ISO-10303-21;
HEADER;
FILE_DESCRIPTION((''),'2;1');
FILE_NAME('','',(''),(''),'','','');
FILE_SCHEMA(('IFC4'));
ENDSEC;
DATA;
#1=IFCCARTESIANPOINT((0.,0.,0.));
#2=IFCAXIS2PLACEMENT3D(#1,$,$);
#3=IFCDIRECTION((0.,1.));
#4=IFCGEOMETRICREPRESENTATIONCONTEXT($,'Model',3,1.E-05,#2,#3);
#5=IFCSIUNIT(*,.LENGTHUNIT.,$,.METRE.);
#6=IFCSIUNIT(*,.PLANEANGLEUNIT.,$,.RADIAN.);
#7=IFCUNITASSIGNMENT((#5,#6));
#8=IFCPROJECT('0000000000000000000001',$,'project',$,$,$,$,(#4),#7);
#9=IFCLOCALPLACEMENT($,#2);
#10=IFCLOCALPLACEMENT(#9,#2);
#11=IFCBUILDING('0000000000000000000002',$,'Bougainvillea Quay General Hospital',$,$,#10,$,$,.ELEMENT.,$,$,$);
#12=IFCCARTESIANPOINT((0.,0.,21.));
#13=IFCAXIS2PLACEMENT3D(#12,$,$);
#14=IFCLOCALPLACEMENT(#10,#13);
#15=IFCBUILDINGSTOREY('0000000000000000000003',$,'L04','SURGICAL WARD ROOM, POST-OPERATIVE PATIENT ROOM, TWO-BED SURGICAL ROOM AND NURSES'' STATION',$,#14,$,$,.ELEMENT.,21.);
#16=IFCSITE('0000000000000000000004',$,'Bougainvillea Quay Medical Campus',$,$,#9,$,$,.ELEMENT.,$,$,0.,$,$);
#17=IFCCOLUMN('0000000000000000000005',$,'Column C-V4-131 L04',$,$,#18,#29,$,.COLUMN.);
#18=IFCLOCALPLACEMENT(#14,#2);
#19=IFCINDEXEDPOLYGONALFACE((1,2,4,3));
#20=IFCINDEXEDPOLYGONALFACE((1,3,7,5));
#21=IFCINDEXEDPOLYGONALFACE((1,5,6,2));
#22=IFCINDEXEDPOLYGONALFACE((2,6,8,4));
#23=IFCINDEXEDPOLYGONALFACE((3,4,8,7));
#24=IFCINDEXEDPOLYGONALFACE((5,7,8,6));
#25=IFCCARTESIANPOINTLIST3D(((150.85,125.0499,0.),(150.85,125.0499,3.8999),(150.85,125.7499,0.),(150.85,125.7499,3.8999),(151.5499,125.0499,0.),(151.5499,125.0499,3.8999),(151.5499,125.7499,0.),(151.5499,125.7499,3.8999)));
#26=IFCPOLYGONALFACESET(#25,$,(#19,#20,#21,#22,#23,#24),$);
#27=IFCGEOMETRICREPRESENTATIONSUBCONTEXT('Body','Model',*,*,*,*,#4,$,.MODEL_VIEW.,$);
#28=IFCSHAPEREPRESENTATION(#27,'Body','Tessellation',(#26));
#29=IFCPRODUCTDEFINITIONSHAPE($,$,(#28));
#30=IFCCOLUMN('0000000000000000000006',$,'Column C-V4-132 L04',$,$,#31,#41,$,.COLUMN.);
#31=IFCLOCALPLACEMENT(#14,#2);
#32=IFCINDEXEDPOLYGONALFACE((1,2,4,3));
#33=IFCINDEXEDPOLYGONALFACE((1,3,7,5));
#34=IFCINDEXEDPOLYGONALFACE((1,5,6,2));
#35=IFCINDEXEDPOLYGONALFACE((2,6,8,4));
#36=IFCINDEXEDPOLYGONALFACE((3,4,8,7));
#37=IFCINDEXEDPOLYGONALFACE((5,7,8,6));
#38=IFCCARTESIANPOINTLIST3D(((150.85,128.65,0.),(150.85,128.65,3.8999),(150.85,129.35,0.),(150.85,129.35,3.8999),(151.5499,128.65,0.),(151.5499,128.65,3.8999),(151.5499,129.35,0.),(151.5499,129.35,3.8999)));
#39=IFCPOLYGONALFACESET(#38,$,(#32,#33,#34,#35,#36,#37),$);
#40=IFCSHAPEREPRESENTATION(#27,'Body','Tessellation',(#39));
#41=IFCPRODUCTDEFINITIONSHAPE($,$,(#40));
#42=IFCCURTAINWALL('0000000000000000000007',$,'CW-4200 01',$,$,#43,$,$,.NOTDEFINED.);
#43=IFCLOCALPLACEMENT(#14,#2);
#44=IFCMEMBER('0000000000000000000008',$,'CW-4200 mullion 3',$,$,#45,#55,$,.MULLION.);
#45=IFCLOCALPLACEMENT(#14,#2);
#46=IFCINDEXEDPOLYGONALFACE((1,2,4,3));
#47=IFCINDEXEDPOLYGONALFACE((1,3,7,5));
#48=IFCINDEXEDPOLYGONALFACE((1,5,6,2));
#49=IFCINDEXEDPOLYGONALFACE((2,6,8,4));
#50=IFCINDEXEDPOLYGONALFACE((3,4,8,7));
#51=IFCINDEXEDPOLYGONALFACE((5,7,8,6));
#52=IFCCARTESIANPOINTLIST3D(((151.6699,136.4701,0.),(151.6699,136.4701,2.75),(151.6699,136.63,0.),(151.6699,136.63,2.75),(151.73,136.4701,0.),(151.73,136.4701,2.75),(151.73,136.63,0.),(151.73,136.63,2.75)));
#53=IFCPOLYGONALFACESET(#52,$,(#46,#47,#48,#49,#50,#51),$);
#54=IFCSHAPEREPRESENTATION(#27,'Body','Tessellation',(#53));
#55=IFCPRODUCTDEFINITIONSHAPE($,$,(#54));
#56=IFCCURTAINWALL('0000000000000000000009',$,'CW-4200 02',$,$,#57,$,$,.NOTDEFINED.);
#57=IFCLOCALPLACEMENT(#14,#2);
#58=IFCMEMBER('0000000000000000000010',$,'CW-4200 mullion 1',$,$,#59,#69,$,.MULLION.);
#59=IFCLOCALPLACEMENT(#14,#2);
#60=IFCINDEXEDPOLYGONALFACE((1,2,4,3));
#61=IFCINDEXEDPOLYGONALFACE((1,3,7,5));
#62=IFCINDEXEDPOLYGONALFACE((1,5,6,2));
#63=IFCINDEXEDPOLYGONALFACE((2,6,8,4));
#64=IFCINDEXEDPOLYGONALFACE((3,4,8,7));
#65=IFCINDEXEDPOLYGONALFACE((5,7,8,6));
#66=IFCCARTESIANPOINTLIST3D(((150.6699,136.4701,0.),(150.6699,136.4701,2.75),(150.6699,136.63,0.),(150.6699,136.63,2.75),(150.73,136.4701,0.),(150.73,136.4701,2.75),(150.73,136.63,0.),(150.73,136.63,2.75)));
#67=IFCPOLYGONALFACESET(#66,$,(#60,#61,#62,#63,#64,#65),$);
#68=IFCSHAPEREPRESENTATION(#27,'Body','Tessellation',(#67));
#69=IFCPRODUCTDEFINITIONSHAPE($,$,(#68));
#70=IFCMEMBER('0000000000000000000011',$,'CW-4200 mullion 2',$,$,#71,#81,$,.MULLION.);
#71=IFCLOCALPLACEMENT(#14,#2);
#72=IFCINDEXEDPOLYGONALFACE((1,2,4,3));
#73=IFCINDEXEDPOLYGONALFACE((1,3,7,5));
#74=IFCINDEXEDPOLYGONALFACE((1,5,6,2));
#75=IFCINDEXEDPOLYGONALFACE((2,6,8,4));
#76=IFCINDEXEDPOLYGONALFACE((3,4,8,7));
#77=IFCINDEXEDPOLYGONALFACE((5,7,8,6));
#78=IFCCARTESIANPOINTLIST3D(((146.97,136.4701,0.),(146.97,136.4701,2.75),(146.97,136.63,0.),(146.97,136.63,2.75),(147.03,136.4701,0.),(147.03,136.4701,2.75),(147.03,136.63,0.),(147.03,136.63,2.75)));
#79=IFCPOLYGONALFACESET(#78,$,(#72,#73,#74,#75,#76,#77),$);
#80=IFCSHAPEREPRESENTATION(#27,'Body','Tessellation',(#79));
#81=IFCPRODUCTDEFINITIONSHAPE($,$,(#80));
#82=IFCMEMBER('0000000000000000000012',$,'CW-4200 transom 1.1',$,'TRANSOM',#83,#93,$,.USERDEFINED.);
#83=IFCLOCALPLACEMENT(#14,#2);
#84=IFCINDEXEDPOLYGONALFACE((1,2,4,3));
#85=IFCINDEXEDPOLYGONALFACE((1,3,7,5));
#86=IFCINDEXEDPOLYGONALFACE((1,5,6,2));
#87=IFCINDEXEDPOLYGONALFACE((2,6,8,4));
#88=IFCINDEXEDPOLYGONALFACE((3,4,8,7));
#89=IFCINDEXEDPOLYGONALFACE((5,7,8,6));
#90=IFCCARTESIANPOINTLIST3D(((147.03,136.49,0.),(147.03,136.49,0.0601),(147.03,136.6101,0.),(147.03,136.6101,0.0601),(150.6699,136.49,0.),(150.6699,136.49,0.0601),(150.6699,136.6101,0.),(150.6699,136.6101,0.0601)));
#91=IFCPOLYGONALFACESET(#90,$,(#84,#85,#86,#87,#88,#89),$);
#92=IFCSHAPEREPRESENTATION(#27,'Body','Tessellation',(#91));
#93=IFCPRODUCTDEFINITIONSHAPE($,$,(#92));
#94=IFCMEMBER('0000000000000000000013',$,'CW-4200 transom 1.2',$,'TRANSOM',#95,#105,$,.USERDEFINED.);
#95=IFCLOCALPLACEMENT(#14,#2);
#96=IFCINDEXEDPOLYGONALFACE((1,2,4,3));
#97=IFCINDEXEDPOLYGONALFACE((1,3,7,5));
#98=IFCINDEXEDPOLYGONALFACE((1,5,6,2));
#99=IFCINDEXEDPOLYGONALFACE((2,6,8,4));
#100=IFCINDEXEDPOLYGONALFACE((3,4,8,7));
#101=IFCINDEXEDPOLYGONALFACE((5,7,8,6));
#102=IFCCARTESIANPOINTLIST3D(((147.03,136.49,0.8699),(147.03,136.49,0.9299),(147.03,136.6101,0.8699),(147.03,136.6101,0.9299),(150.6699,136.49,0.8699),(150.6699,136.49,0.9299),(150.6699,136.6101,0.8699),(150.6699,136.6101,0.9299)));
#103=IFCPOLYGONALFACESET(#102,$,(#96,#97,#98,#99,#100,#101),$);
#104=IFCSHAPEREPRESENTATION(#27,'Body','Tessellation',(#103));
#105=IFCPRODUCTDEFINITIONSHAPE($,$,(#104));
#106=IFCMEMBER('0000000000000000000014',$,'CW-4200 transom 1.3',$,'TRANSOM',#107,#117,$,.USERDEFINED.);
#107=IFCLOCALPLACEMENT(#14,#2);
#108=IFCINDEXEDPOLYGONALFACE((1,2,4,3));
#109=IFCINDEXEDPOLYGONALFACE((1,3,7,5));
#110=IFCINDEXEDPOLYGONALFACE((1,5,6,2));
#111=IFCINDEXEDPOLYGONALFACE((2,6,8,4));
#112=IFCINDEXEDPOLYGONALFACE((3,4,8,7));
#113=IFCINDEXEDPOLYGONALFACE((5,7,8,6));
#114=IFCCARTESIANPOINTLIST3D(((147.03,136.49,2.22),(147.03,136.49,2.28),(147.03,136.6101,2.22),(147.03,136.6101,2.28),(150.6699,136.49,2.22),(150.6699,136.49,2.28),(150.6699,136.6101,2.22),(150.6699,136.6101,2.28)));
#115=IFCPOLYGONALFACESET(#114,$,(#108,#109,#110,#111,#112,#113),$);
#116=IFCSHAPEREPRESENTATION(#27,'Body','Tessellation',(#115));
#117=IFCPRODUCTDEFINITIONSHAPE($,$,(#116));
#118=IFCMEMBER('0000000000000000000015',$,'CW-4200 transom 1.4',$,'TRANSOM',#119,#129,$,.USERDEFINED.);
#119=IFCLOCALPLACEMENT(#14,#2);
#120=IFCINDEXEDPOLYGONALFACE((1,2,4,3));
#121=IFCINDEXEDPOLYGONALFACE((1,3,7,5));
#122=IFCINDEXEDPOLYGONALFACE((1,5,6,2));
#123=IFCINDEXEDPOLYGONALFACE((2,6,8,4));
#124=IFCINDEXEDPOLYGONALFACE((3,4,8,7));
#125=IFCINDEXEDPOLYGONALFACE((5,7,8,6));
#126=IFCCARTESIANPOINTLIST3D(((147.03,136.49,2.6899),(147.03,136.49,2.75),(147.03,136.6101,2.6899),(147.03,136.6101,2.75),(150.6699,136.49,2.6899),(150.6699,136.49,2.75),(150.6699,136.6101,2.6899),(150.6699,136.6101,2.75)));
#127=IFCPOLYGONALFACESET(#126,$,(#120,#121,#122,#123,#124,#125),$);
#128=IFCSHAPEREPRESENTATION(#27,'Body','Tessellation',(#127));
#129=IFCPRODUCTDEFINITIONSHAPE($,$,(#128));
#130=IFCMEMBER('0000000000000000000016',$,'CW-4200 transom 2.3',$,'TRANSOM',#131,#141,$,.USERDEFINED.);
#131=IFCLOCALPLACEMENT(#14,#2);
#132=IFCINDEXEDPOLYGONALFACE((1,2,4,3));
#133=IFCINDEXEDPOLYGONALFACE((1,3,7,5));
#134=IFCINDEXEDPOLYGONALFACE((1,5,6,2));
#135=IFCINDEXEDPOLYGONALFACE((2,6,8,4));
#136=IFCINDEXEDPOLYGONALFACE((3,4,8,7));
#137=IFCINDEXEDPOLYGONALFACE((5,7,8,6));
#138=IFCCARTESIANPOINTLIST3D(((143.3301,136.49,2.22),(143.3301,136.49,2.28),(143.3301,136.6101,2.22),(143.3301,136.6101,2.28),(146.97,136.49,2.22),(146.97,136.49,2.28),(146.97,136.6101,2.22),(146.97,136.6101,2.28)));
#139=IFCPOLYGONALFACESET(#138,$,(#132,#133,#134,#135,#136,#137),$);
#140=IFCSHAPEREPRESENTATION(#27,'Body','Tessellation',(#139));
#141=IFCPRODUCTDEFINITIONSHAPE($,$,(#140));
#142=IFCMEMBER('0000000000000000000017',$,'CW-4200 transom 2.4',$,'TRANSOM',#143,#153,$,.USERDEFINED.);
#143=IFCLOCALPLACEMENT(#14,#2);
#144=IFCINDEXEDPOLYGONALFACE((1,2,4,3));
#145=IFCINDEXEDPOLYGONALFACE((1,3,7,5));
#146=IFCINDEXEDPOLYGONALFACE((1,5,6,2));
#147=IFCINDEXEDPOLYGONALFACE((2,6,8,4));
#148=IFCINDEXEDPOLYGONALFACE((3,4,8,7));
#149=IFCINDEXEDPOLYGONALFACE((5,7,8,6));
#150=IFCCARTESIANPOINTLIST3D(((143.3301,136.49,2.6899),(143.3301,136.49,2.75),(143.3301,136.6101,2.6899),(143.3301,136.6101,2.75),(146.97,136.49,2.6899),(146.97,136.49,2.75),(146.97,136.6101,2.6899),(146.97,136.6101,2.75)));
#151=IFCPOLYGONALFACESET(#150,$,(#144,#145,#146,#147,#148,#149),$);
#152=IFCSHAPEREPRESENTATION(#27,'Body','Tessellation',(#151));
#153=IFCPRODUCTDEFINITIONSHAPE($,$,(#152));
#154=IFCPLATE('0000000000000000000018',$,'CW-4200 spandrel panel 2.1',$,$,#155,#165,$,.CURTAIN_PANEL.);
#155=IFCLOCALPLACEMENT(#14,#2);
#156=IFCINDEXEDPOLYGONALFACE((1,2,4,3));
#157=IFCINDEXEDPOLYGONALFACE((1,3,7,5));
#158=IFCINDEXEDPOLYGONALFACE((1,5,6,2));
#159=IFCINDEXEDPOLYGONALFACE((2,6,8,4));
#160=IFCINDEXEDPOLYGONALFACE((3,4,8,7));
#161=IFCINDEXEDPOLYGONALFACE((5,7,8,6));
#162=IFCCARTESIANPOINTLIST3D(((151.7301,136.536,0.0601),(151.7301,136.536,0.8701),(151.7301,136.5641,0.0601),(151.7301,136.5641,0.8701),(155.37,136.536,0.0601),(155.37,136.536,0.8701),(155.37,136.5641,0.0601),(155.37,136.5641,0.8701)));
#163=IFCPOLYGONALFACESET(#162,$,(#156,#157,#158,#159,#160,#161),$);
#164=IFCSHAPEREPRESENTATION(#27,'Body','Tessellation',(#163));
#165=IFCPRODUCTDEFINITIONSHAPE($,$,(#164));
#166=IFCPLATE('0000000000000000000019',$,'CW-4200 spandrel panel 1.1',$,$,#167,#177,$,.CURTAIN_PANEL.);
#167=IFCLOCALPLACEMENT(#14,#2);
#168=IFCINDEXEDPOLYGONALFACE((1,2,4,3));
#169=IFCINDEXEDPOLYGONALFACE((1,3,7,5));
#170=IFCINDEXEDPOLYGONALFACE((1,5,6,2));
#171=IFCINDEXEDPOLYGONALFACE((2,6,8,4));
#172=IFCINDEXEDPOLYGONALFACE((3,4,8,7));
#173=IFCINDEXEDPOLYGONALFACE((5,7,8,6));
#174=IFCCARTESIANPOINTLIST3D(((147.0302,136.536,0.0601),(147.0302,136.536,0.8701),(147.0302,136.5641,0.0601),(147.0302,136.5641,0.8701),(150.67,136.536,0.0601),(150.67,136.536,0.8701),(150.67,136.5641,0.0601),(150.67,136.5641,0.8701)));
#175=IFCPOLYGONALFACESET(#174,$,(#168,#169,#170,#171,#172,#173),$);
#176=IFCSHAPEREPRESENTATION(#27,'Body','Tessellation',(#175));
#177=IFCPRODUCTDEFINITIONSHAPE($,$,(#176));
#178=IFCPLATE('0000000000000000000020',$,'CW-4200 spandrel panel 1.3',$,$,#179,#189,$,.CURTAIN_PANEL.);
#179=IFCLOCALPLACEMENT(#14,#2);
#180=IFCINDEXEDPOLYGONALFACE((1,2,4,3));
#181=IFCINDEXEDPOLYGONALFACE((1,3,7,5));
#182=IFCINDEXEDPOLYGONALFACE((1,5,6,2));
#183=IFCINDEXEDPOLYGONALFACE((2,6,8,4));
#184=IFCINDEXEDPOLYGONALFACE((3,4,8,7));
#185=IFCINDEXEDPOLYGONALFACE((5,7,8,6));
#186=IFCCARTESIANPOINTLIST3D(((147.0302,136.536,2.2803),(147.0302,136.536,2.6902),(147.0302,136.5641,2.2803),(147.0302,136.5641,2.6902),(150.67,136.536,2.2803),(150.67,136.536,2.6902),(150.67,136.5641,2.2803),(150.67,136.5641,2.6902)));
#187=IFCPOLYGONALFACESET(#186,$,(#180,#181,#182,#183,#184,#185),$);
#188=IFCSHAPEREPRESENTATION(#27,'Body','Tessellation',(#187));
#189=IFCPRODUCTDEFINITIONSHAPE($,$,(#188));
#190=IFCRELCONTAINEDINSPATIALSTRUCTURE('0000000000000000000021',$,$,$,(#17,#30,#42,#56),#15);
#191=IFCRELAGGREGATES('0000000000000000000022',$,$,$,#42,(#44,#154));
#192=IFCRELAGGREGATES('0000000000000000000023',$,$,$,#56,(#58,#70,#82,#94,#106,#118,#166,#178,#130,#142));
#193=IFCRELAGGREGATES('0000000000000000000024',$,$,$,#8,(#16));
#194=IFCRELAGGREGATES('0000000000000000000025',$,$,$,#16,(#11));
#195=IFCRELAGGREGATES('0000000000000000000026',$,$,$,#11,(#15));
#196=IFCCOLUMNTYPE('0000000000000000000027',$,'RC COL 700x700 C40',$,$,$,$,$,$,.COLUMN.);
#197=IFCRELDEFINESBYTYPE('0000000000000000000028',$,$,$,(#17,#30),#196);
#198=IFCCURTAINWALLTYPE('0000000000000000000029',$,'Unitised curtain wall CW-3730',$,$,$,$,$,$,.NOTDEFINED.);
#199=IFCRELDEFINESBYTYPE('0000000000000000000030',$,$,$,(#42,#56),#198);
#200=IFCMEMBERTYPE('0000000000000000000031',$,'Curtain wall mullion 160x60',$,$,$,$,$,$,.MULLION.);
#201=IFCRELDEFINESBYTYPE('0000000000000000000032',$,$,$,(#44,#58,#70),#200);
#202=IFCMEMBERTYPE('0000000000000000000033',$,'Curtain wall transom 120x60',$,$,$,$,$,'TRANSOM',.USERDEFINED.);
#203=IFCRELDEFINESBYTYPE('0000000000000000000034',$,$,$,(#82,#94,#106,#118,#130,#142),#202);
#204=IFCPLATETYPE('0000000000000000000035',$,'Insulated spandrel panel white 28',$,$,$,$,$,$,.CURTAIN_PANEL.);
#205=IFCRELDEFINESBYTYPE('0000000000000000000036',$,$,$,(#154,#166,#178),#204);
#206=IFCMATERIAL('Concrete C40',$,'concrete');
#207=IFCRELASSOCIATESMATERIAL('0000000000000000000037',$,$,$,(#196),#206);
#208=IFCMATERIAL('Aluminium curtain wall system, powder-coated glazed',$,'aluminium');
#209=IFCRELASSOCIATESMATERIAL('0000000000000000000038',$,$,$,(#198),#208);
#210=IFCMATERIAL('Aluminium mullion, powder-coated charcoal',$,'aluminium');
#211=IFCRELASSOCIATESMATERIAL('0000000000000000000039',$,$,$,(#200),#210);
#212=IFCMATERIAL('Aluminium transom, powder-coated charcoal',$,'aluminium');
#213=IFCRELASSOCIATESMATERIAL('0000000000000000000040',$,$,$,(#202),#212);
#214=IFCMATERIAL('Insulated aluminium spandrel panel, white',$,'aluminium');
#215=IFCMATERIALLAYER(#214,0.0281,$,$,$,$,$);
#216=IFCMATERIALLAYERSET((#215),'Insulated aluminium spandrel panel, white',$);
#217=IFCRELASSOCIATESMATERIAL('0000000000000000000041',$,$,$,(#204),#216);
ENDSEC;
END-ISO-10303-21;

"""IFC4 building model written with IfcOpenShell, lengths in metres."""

from ifc_helpers import new_model, si_unit, direction, frame, origin, origin_2d, place, context, subcontext, project, spatial, rectangle, extrude, material, layer, layer_set, material_profile, profile_set, type_object, element, aggregate, save


model = new_model("IFC4")

# Units and contexts
model_context = context("Model", 3, precision=1e-05, world=origin(), true_north=direction((0.0, 1.0)))
body_context = subcontext(model_context, "Body", "Model", "MODEL_VIEW")
ifc_project = project(units=[si_unit("LENGTHUNIT", "METRE"), si_unit("PLANEANGLEUNIT", "RADIAN")], contexts=[model_context])

# Site, building, storey
site_placement = place(None, origin())
site = spatial("IfcSite", under=ifc_project, at=site_placement, Name="Bougainvillea Quay Medical Campus", CompositionType="ELEMENT", RefElevation=0.0)
building_placement = place(site_placement, origin())
building = spatial("IfcBuilding", under=site, at=building_placement, Name="Bougainvillea Quay General Hospital", CompositionType="ELEMENT")
storey_placement = place(building_placement, frame((0.0, 0.0, 21.0)))
storey = spatial("IfcBuildingStorey", under=building, at=storey_placement, Name="L04", Description="SURGICAL WARD ROOM, POST-OPERATIVE PATIENT ROOM, TWO-BED SURGICAL ROOM AND NURSES' STATION", CompositionType="ELEMENT", Elevation=21.0)

# Columns
ifc_material_1 = material(Name="Concrete C40", Category="concrete")
ifc_material_profile_1 = material_profile(ifc_material_1, rectangle(XDim=0.7, YDim=0.7, at=origin_2d()))
ifc_profile_set_1 = profile_set([ifc_material_profile_1], Name="Concrete C40")
column_type = type_object("IfcColumnType", Name="RC COL 700x700 C40", PredefinedType="COLUMN", material=ifc_profile_set_1)
for number, where, z_axis, x_axis, name in (
    (1, (151.2, 125.3999, 0.0), (0.0, 0.0, 1.0), (1.0, 0.0, 0.0), "Column C-V4-131 L04"),
    (2, (151.2, 129.0, 0.0), (0.0, 0.0, 1.0), (1.0, 0.0, 0.0), "Column C-V4-132 L04"),
):
    element("IfcColumn", number, at=place(storey_placement, frame(where, z_axis=z_axis, x_axis=x_axis)), inside=storey, type_object=column_type, Name=name, PredefinedType="COLUMN", context=body_context, shape_type="SweptSolid", body=[
        extrude(rectangle(XDim=0.7, YDim=0.7, at=origin_2d()), origin(), (0.0, 0.0, 1.0), 3.8999),
    ])

# Curtain wall, member
ifc_material_2 = material(Name="Aluminium curtain wall system, powder-coated glazed", Category="aluminium")
curtain_wall_type = type_object("IfcCurtainWallType", Name="Unitised curtain wall CW-3730", PredefinedType="NOTDEFINED", material=ifc_material_2)
curtain_wall_1_placement = place(storey_placement, origin())
curtain_wall_1 = element("IfcCurtainWall", 3, at=curtain_wall_1_placement, inside=storey, type_object=curtain_wall_type, Name="CW-4200 01", PredefinedType="NOTDEFINED")
ifc_material_3 = material(Name="Aluminium mullion, powder-coated charcoal", Category="aluminium")
ifc_material_profile_2 = material_profile(ifc_material_3, rectangle(XDim=0.1599, YDim=0.0601, at=origin_2d()))
ifc_profile_set_2 = profile_set([ifc_material_profile_2], Name="Aluminium mullion, powder-coated charcoal")
member_type_1 = type_object("IfcMemberType", Name="Curtain wall mullion 160x60", PredefinedType="MULLION", material=ifc_profile_set_2)
member_1_placement = place(storey_placement, frame((151.7, 136.55, 0.0), z_axis=(0.0, 0.0, 1.0), x_axis=(0.0, -1.0, 0.0)))
member_1 = element("IfcMember", 4, at=member_1_placement, type_object=member_type_1, Name="CW-4200 mullion 3", PredefinedType="MULLION", context=body_context, shape_type="SweptSolid", body=[
    extrude(rectangle(XDim=0.1599, YDim=0.0601, at=origin_2d()), origin(), (0.0, 0.0, 1.0), 2.75),
])

# Curtain wall, members
curtain_wall_2_placement = place(storey_placement, origin())
curtain_wall_2 = element("IfcCurtainWall", 5, at=curtain_wall_2_placement, inside=storey, type_object=curtain_wall_type, Name="CW-4200 02", PredefinedType="NOTDEFINED")
member_2_placement = place(storey_placement, frame((150.7, 136.55, 0.0), z_axis=(0.0, 0.0, 1.0), x_axis=(0.0, -1.0, 0.0)))
member_2 = element("IfcMember", 6, at=member_2_placement, type_object=member_type_1, Name="CW-4200 mullion 1", PredefinedType="MULLION", context=body_context, shape_type="SweptSolid", body=[
    extrude(rectangle(XDim=0.1599, YDim=0.0601, at=origin_2d()), origin(), (0.0, 0.0, 1.0), 2.75),
])
member_3_placement = place(storey_placement, frame((147.0, 136.55, 0.0), z_axis=(0.0, 0.0, 1.0), x_axis=(0.0, -1.0, 0.0)))
member_3 = element("IfcMember", 7, at=member_3_placement, type_object=member_type_1, Name="CW-4200 mullion 2", PredefinedType="MULLION", context=body_context, shape_type="SweptSolid", body=[
    extrude(rectangle(XDim=0.1599, YDim=0.0601, at=origin_2d()), origin(), (0.0, 0.0, 1.0), 2.75),
])
ifc_material_4 = material(Name="Aluminium transom, powder-coated charcoal", Category="aluminium")
ifc_material_profile_3 = material_profile(ifc_material_4, rectangle(XDim=0.1201, YDim=0.0601, at=origin_2d()))
ifc_profile_set_3 = profile_set([ifc_material_profile_3], Name="Aluminium transom, powder-coated charcoal")
member_type_2 = type_object("IfcMemberType", Name="Curtain wall transom 120x60", ElementType="TRANSOM", PredefinedType="USERDEFINED", material=ifc_profile_set_3)
member_4_placement = place(storey_placement, frame((150.6699, 136.55, 0.03), z_axis=(-1.0, 0.0, 0.0), x_axis=(0.0, -1.0, 0.0)))
member_4 = element("IfcMember", 8, at=member_4_placement, type_object=member_type_2, Name="CW-4200 transom 1.1", ObjectType="TRANSOM", PredefinedType="USERDEFINED", context=body_context, shape_type="SweptSolid", body=[
    extrude(rectangle(XDim=0.1201, YDim=0.0601, at=origin_2d()), origin(), (0.0, 0.0, 1.0), 3.6399),
])
member_5_placement = place(storey_placement, frame((150.6699, 136.55, 0.8999), z_axis=(-1.0, 0.0, 0.0), x_axis=(0.0, -1.0, 0.0)))
member_5 = element("IfcMember", 9, at=member_5_placement, type_object=member_type_2, Name="CW-4200 transom 1.2", ObjectType="TRANSOM", PredefinedType="USERDEFINED", context=body_context, shape_type="SweptSolid", body=[
    extrude(rectangle(XDim=0.1201, YDim=0.0601, at=origin_2d()), origin(), (0.0, 0.0, 1.0), 3.6399),
])
member_6_placement = place(storey_placement, frame((150.6699, 136.55, 2.25), z_axis=(-1.0, 0.0, 0.0), x_axis=(0.0, -1.0, 0.0)))
member_6 = element("IfcMember", 10, at=member_6_placement, type_object=member_type_2, Name="CW-4200 transom 1.3", ObjectType="TRANSOM", PredefinedType="USERDEFINED", context=body_context, shape_type="SweptSolid", body=[
    extrude(rectangle(XDim=0.1201, YDim=0.0601, at=origin_2d()), origin(), (0.0, 0.0, 1.0), 3.6399),
])
member_7_placement = place(storey_placement, frame((150.6699, 136.55, 2.72), z_axis=(-1.0, 0.0, 0.0), x_axis=(0.0, -1.0, 0.0)))
member_7 = element("IfcMember", 11, at=member_7_placement, type_object=member_type_2, Name="CW-4200 transom 1.4", ObjectType="TRANSOM", PredefinedType="USERDEFINED", context=body_context, shape_type="SweptSolid", body=[
    extrude(rectangle(XDim=0.1201, YDim=0.0601, at=origin_2d()), origin(), (0.0, 0.0, 1.0), 3.6399),
])
member_8_placement = place(storey_placement, frame((146.97, 136.55, 2.25), z_axis=(-1.0, 0.0, 0.0), x_axis=(0.0, -1.0, 0.0)))
member_8 = element("IfcMember", 12, at=member_8_placement, type_object=member_type_2, Name="CW-4200 transom 2.3", ObjectType="TRANSOM", PredefinedType="USERDEFINED", context=body_context, shape_type="SweptSolid", body=[
    extrude(rectangle(XDim=0.1201, YDim=0.0601, at=origin_2d()), origin(), (0.0, 0.0, 1.0), 3.6399),
])
member_9_placement = place(storey_placement, frame((146.97, 136.55, 2.72), z_axis=(-1.0, 0.0, 0.0), x_axis=(0.0, -1.0, 0.0)))
member_9 = element("IfcMember", 13, at=member_9_placement, type_object=member_type_2, Name="CW-4200 transom 2.4", ObjectType="TRANSOM", PredefinedType="USERDEFINED", context=body_context, shape_type="SweptSolid", body=[
    extrude(rectangle(XDim=0.1201, YDim=0.0601, at=origin_2d()), origin(), (0.0, 0.0, 1.0), 3.6399),
])

# Plates
ifc_material_5 = material(Name="Insulated aluminium spandrel panel, white", Category="aluminium")
ifc_layer_1 = layer(ifc_material_5, 0.0281)
ifc_layer_set_1 = layer_set([ifc_layer_1], Name="Insulated aluminium spandrel panel, white")
plate_type_1 = type_object("IfcPlateType", Name="Insulated spandrel panel white 28", PredefinedType="CURTAIN_PANEL", material=ifc_layer_set_1)
plate_1_placement = place(storey_placement, frame((153.55, 136.55, 0.0601), z_axis=(0.0, 0.0, 1.0), x_axis=(-1.0, 0.0, 0.0)))
plate_1 = element("IfcPlate", 14, at=plate_1_placement, type_object=plate_type_1, Name="CW-4200 spandrel panel 2.1", PredefinedType="CURTAIN_PANEL", context=body_context, shape_type="SweptSolid", body=[
    extrude(rectangle(XDim=3.6399, YDim=0.0281, at=origin_2d()), origin(), (0.0, 0.0, 1.0), 0.8101),
])
aggregate(curtain_wall_1, [member_1, plate_1])
plate_2_placement = place(storey_placement, frame((148.8501, 136.55, 0.0601), z_axis=(0.0, 0.0, 1.0), x_axis=(-1.0, 0.0, 0.0)))
plate_2 = element("IfcPlate", 15, at=plate_2_placement, type_object=plate_type_1, Name="CW-4200 spandrel panel 1.1", PredefinedType="CURTAIN_PANEL", context=body_context, shape_type="SweptSolid", body=[
    extrude(rectangle(XDim=3.6399, YDim=0.0281, at=origin_2d()), origin(), (0.0, 0.0, 1.0), 0.8101),
])
plate_3_placement = place(storey_placement, frame((148.8501, 136.55, 2.2803), z_axis=(0.0, 0.0, 1.0), x_axis=(-1.0, 0.0, 0.0)))
plate_3 = element("IfcPlate", 16, at=plate_3_placement, type_object=plate_type_1, Name="CW-4200 spandrel panel 1.3", PredefinedType="CURTAIN_PANEL", context=body_context, shape_type="SweptSolid", body=[
    extrude(rectangle(XDim=3.6399, YDim=0.0281, at=origin_2d()), origin(), (0.0, 0.0, 1.0), 0.4099),
])
aggregate(curtain_wall_2, [member_2, member_3, member_4, member_5, member_6, member_7, plate_2, plate_3, member_8, member_9])

save(model, "model.ifc")
